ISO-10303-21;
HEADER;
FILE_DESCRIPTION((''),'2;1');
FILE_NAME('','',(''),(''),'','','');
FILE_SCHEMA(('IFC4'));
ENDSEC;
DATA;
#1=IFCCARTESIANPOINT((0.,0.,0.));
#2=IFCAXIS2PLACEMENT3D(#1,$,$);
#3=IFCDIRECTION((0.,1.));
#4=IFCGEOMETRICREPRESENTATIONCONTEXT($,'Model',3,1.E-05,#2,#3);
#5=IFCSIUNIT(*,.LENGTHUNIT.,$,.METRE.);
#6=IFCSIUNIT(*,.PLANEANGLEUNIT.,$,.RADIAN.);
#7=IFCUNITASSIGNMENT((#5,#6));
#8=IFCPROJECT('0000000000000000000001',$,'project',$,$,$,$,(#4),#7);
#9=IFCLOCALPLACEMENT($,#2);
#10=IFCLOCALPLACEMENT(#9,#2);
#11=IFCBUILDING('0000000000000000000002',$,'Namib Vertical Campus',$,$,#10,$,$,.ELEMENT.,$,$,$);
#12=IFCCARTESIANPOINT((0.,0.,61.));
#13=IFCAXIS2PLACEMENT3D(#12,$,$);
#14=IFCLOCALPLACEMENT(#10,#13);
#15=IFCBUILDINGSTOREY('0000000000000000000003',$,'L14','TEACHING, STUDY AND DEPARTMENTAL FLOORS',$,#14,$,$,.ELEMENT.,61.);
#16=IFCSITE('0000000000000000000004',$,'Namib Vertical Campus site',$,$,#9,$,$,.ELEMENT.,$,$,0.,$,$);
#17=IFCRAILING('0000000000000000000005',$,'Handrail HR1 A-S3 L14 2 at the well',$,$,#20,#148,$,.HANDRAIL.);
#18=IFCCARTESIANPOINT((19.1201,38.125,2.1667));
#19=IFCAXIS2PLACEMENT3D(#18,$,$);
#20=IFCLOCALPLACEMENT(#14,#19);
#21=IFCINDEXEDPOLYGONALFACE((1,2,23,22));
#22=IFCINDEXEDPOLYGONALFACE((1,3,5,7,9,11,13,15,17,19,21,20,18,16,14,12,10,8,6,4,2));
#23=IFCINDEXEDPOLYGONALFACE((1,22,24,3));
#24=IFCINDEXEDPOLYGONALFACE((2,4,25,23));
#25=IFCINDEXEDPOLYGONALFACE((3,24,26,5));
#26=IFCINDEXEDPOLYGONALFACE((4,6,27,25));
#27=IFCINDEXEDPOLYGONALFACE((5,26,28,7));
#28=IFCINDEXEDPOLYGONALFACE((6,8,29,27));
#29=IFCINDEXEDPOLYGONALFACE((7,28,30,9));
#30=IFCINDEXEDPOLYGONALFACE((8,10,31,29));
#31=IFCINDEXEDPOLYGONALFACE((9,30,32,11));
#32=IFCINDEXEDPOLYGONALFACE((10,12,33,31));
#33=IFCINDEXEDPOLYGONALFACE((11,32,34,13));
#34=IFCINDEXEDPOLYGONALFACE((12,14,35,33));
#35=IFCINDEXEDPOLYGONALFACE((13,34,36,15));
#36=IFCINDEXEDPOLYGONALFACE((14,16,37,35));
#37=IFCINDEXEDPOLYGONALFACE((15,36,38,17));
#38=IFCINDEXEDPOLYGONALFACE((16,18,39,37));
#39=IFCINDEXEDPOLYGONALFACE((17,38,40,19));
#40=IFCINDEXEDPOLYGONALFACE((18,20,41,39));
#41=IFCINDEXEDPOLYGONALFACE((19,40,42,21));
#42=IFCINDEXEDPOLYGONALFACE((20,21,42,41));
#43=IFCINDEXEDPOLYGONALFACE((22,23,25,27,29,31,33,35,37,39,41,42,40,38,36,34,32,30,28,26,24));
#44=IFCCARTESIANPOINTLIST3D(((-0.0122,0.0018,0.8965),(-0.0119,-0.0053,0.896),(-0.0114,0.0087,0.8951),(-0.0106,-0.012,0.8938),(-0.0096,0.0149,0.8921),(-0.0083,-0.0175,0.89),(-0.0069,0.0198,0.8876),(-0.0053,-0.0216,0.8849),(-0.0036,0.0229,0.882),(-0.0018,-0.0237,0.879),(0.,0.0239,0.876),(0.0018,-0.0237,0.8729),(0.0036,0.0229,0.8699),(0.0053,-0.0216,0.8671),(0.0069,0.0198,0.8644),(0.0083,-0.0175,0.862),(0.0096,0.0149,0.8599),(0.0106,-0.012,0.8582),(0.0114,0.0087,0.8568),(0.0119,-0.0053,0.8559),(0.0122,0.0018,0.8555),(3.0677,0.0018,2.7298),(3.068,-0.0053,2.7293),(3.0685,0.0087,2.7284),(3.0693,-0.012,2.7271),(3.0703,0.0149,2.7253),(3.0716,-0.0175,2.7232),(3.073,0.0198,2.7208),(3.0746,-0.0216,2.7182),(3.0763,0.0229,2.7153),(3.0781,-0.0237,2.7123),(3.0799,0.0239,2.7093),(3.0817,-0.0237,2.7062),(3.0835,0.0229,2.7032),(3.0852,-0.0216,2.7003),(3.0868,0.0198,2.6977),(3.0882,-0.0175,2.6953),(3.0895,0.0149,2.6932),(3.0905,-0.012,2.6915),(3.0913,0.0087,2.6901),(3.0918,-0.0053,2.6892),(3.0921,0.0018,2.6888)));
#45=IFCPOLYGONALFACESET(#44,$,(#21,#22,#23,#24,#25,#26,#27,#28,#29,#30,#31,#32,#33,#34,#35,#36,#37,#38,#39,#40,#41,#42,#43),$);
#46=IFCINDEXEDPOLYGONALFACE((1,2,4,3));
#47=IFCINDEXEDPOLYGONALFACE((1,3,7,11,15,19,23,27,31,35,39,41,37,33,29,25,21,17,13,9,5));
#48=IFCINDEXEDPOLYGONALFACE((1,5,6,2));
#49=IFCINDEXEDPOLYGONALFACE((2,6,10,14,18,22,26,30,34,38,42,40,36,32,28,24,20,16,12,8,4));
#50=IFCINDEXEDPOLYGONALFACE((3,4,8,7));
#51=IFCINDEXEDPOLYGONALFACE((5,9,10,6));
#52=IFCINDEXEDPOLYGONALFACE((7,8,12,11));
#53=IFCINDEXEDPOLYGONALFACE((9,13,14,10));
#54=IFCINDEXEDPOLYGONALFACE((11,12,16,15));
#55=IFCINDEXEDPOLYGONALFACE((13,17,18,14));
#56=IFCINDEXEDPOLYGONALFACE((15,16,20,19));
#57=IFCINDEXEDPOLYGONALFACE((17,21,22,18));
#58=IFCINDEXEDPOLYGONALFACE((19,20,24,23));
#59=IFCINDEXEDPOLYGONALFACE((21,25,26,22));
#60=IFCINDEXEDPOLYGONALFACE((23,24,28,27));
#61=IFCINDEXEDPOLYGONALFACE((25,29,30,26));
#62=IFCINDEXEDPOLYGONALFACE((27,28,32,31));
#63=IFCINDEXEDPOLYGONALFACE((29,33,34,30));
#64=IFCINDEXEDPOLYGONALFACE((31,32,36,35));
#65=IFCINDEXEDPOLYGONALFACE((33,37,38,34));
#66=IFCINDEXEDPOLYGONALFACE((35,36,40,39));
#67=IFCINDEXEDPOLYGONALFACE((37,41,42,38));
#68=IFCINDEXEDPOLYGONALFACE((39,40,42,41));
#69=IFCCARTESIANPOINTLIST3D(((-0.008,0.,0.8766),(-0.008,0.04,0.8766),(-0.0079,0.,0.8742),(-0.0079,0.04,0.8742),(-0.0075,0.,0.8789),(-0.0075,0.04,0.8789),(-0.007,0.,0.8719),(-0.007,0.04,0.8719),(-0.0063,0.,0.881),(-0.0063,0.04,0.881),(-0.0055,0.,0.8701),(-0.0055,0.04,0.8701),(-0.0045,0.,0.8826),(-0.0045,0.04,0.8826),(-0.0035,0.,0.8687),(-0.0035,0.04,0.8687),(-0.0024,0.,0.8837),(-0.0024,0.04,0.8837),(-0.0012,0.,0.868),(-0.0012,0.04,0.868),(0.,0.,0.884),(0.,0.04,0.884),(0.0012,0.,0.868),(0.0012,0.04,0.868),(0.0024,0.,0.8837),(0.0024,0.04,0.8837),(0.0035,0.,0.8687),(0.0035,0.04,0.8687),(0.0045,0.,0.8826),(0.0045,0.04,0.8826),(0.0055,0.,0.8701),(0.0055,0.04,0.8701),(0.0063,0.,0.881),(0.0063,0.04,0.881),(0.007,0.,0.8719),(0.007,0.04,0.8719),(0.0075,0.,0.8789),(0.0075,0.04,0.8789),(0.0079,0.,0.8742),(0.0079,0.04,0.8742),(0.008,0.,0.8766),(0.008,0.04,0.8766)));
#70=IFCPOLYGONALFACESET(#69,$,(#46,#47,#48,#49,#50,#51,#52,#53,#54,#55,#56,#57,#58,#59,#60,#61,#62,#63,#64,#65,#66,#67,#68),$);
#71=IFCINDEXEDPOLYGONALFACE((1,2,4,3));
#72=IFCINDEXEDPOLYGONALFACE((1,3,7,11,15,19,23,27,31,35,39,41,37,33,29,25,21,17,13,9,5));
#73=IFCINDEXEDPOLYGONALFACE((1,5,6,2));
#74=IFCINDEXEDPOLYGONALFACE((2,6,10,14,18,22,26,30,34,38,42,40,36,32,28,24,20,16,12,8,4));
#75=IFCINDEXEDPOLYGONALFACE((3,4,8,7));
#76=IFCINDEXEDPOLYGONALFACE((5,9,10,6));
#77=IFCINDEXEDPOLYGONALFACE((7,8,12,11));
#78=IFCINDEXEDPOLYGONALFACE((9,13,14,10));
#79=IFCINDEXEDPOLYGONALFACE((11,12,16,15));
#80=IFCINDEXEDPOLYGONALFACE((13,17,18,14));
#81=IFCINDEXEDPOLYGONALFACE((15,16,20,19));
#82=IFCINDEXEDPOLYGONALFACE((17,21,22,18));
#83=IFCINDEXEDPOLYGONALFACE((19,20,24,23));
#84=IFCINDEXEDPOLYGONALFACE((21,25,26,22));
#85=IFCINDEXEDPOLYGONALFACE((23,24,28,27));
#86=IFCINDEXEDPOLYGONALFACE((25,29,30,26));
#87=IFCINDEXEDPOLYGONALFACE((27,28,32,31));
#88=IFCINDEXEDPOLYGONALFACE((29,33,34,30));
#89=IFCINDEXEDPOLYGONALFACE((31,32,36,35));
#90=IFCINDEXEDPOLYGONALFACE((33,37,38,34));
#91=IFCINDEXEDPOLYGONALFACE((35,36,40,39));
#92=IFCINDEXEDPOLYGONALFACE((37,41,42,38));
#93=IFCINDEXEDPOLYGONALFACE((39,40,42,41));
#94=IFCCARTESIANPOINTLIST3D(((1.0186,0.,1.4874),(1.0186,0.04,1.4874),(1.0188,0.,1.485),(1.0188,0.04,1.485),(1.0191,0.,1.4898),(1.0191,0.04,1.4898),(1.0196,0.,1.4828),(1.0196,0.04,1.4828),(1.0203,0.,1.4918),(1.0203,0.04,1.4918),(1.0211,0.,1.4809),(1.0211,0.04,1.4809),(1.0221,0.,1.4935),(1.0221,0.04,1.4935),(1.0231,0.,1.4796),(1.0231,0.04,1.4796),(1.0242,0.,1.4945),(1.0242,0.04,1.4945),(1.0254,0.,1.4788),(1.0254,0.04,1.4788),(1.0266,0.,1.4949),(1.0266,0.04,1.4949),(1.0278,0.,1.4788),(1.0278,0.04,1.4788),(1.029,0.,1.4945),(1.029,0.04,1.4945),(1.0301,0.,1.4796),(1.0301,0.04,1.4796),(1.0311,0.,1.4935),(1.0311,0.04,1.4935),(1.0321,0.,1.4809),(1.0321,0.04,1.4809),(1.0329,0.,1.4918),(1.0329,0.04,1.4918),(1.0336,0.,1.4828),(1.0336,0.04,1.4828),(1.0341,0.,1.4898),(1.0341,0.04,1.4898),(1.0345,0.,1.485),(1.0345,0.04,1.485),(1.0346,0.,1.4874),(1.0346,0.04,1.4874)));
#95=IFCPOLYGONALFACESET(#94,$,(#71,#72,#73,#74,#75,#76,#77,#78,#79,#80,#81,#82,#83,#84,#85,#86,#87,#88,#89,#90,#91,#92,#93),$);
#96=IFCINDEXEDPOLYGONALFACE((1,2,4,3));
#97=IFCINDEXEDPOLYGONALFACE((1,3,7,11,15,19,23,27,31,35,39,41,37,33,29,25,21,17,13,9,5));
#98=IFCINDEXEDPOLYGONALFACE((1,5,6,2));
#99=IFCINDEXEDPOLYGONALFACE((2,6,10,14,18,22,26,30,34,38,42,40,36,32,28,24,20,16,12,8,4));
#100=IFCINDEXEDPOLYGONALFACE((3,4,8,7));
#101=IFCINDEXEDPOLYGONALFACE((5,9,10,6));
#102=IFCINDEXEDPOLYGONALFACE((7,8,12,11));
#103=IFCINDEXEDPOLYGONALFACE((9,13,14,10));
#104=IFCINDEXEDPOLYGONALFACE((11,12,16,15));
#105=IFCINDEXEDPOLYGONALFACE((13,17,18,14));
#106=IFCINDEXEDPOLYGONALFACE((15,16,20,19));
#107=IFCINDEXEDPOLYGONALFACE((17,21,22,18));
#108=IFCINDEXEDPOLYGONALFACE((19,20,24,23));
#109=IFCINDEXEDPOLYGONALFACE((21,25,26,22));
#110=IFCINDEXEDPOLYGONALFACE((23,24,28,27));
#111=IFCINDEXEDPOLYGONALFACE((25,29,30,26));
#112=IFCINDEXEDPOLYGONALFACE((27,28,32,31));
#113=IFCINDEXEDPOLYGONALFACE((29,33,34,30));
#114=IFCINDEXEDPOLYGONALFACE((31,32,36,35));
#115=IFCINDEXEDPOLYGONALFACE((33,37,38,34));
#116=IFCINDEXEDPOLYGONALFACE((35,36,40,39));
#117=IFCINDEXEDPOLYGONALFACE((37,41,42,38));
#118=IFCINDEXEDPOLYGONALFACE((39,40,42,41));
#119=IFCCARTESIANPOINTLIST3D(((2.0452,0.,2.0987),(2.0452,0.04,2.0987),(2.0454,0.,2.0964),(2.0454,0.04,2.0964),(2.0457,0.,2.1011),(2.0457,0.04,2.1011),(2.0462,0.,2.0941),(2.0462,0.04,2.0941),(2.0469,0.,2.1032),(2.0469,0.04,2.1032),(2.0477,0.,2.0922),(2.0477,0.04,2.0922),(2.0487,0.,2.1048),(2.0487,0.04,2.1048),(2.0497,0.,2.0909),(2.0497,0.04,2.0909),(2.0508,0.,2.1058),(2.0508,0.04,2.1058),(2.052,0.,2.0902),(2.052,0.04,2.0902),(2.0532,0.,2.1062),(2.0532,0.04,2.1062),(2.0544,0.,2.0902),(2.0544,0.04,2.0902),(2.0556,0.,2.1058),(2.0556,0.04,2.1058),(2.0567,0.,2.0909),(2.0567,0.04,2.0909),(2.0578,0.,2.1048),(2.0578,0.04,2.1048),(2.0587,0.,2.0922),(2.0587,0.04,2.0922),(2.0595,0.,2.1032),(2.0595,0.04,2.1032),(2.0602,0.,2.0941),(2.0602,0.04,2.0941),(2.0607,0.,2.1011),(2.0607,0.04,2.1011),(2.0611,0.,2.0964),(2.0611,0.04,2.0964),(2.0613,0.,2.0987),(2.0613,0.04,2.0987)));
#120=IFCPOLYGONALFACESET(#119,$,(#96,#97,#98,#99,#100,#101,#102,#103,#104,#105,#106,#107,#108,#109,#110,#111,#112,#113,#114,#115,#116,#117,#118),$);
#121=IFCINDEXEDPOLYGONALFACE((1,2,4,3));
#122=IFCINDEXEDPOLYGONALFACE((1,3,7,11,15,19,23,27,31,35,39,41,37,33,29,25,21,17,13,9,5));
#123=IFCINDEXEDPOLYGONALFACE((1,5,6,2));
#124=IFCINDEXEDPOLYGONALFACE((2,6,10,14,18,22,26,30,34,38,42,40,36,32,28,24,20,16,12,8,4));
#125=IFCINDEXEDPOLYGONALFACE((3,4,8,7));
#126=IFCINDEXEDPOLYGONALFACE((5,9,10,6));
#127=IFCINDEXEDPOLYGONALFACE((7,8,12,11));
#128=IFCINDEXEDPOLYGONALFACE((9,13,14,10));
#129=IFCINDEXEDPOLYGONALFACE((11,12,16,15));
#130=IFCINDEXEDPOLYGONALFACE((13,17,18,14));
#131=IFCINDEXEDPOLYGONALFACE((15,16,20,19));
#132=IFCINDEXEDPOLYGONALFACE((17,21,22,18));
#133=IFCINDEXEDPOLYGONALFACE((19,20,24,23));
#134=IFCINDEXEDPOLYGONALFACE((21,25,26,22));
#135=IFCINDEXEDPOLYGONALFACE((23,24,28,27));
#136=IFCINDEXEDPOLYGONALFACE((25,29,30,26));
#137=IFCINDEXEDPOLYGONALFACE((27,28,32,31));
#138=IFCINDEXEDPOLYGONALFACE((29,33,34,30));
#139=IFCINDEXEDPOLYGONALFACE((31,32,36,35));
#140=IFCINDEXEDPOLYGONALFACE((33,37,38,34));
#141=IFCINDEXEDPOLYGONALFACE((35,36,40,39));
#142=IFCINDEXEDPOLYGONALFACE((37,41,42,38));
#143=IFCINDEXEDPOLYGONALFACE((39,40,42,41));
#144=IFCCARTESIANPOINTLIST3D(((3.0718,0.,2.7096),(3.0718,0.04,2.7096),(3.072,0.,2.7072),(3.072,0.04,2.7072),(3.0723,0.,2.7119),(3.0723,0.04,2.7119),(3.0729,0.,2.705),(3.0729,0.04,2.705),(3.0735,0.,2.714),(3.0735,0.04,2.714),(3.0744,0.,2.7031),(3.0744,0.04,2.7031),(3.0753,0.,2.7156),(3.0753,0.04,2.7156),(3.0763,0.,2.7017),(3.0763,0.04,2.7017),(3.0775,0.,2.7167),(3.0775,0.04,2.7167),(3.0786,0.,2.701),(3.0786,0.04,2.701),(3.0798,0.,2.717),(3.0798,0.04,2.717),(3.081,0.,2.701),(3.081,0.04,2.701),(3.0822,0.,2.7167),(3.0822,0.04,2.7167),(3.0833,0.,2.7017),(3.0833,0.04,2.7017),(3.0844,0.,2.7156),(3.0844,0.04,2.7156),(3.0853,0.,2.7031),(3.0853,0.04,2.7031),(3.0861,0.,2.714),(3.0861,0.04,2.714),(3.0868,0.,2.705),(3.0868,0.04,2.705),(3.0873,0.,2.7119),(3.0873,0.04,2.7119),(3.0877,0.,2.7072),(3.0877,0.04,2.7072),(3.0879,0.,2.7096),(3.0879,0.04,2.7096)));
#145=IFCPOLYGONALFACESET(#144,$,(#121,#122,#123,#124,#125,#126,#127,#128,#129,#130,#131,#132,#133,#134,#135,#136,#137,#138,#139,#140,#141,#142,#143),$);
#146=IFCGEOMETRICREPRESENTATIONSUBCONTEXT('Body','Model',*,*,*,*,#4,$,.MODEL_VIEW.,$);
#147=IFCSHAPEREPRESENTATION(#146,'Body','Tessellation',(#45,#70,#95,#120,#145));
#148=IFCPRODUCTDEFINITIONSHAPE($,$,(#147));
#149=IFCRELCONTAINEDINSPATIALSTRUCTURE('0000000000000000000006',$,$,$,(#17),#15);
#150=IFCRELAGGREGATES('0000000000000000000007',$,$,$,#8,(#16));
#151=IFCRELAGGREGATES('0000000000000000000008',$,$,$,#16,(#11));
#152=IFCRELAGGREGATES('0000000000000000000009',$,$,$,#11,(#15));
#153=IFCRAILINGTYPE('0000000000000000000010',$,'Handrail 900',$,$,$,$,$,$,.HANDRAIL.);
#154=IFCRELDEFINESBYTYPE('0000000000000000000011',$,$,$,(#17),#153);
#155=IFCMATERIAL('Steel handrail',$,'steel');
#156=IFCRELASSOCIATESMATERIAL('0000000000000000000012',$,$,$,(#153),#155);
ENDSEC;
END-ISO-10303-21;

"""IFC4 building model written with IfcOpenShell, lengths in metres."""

from ifc_helpers import new_model, si_unit, direction, frame, origin, origin_2d, place, context, subcontext, project, spatial, circle, extrude, material, type_object, element, save


model = new_model("IFC4")

# Units and contexts
model_context = context("Model", 3, precision=1e-05, world=origin(), true_north=direction((0.0, 1.0)))
body_context = subcontext(model_context, "Body", "Model", "MODEL_VIEW")
ifc_project = project(units=[si_unit("LENGTHUNIT", "METRE"), si_unit("PLANEANGLEUNIT", "RADIAN")], contexts=[model_context])

# Site, building, storey
site_placement = place(None, origin())
site = spatial("IfcSite", under=ifc_project, at=site_placement, Name="Namib Vertical Campus site", CompositionType="ELEMENT", RefElevation=0.0)
building_placement = place(site_placement, origin())
building = spatial("IfcBuilding", under=site, at=building_placement, Name="Namib Vertical Campus", CompositionType="ELEMENT")
storey_placement = place(building_placement, frame((0.0, 0.0, 61.0)))
storey = spatial("IfcBuildingStorey", under=building, at=storey_placement, Name="L14", Description="TEACHING, STUDY AND DEPARTMENTAL FLOORS", CompositionType="ELEMENT", Elevation=61.0)

# Railing
ifc_material_1 = material(Name="Steel handrail", Category="steel")
railing_type = type_object("IfcRailingType", Name="Handrail 900", PredefinedType="HANDRAIL", material=ifc_material_1)
railing_1_placement = place(storey_placement, frame((19.1201, 38.125, 2.1667)))
element("IfcRailing", 1, at=railing_1_placement, inside=storey, type_object=railing_type, Name="Handrail HR1 A-S3 L14 2 at the well", PredefinedType="HANDRAIL", context=body_context, shape_type="SweptSolid", body=[
    extrude(circle(Radius=0.0239, at=origin_2d()), frame((0.0, 0.0, 0.876), z_axis=(0.859291, 0.0, 0.511487), x_axis=(0.0, 1.0, 0.0)), (0.0, 0.0, 1.0), 3.5842),
    extrude(circle(Radius=0.0081, at=origin_2d()), frame((0.0, 0.0, 0.876), z_axis=(0.0, 1.0, 0.0), x_axis=(0.0, 0.0, 1.0)), (0.0, 0.0, 1.0), 0.04),
    extrude(circle(Radius=0.0081, at=origin_2d()), frame((1.0266, 0.0, 1.4868), z_axis=(0.0, 1.0, 0.0), x_axis=(0.0, 0.0, 1.0)), (0.0, 0.0, 1.0), 0.04),
    extrude(circle(Radius=0.0081, at=origin_2d()), frame((2.0532, 0.0, 2.0981), z_axis=(0.0, 1.0, 0.0), x_axis=(0.0, 0.0, 1.0)), (0.0, 0.0, 1.0), 0.04),
    extrude(circle(Radius=0.0081, at=origin_2d()), frame((3.0798, 0.0, 2.709), z_axis=(0.0, 1.0, 0.0), x_axis=(0.0, 0.0, 1.0)), (0.0, 0.0, 1.0), 0.04),
])

save(model, "model.ifc")
